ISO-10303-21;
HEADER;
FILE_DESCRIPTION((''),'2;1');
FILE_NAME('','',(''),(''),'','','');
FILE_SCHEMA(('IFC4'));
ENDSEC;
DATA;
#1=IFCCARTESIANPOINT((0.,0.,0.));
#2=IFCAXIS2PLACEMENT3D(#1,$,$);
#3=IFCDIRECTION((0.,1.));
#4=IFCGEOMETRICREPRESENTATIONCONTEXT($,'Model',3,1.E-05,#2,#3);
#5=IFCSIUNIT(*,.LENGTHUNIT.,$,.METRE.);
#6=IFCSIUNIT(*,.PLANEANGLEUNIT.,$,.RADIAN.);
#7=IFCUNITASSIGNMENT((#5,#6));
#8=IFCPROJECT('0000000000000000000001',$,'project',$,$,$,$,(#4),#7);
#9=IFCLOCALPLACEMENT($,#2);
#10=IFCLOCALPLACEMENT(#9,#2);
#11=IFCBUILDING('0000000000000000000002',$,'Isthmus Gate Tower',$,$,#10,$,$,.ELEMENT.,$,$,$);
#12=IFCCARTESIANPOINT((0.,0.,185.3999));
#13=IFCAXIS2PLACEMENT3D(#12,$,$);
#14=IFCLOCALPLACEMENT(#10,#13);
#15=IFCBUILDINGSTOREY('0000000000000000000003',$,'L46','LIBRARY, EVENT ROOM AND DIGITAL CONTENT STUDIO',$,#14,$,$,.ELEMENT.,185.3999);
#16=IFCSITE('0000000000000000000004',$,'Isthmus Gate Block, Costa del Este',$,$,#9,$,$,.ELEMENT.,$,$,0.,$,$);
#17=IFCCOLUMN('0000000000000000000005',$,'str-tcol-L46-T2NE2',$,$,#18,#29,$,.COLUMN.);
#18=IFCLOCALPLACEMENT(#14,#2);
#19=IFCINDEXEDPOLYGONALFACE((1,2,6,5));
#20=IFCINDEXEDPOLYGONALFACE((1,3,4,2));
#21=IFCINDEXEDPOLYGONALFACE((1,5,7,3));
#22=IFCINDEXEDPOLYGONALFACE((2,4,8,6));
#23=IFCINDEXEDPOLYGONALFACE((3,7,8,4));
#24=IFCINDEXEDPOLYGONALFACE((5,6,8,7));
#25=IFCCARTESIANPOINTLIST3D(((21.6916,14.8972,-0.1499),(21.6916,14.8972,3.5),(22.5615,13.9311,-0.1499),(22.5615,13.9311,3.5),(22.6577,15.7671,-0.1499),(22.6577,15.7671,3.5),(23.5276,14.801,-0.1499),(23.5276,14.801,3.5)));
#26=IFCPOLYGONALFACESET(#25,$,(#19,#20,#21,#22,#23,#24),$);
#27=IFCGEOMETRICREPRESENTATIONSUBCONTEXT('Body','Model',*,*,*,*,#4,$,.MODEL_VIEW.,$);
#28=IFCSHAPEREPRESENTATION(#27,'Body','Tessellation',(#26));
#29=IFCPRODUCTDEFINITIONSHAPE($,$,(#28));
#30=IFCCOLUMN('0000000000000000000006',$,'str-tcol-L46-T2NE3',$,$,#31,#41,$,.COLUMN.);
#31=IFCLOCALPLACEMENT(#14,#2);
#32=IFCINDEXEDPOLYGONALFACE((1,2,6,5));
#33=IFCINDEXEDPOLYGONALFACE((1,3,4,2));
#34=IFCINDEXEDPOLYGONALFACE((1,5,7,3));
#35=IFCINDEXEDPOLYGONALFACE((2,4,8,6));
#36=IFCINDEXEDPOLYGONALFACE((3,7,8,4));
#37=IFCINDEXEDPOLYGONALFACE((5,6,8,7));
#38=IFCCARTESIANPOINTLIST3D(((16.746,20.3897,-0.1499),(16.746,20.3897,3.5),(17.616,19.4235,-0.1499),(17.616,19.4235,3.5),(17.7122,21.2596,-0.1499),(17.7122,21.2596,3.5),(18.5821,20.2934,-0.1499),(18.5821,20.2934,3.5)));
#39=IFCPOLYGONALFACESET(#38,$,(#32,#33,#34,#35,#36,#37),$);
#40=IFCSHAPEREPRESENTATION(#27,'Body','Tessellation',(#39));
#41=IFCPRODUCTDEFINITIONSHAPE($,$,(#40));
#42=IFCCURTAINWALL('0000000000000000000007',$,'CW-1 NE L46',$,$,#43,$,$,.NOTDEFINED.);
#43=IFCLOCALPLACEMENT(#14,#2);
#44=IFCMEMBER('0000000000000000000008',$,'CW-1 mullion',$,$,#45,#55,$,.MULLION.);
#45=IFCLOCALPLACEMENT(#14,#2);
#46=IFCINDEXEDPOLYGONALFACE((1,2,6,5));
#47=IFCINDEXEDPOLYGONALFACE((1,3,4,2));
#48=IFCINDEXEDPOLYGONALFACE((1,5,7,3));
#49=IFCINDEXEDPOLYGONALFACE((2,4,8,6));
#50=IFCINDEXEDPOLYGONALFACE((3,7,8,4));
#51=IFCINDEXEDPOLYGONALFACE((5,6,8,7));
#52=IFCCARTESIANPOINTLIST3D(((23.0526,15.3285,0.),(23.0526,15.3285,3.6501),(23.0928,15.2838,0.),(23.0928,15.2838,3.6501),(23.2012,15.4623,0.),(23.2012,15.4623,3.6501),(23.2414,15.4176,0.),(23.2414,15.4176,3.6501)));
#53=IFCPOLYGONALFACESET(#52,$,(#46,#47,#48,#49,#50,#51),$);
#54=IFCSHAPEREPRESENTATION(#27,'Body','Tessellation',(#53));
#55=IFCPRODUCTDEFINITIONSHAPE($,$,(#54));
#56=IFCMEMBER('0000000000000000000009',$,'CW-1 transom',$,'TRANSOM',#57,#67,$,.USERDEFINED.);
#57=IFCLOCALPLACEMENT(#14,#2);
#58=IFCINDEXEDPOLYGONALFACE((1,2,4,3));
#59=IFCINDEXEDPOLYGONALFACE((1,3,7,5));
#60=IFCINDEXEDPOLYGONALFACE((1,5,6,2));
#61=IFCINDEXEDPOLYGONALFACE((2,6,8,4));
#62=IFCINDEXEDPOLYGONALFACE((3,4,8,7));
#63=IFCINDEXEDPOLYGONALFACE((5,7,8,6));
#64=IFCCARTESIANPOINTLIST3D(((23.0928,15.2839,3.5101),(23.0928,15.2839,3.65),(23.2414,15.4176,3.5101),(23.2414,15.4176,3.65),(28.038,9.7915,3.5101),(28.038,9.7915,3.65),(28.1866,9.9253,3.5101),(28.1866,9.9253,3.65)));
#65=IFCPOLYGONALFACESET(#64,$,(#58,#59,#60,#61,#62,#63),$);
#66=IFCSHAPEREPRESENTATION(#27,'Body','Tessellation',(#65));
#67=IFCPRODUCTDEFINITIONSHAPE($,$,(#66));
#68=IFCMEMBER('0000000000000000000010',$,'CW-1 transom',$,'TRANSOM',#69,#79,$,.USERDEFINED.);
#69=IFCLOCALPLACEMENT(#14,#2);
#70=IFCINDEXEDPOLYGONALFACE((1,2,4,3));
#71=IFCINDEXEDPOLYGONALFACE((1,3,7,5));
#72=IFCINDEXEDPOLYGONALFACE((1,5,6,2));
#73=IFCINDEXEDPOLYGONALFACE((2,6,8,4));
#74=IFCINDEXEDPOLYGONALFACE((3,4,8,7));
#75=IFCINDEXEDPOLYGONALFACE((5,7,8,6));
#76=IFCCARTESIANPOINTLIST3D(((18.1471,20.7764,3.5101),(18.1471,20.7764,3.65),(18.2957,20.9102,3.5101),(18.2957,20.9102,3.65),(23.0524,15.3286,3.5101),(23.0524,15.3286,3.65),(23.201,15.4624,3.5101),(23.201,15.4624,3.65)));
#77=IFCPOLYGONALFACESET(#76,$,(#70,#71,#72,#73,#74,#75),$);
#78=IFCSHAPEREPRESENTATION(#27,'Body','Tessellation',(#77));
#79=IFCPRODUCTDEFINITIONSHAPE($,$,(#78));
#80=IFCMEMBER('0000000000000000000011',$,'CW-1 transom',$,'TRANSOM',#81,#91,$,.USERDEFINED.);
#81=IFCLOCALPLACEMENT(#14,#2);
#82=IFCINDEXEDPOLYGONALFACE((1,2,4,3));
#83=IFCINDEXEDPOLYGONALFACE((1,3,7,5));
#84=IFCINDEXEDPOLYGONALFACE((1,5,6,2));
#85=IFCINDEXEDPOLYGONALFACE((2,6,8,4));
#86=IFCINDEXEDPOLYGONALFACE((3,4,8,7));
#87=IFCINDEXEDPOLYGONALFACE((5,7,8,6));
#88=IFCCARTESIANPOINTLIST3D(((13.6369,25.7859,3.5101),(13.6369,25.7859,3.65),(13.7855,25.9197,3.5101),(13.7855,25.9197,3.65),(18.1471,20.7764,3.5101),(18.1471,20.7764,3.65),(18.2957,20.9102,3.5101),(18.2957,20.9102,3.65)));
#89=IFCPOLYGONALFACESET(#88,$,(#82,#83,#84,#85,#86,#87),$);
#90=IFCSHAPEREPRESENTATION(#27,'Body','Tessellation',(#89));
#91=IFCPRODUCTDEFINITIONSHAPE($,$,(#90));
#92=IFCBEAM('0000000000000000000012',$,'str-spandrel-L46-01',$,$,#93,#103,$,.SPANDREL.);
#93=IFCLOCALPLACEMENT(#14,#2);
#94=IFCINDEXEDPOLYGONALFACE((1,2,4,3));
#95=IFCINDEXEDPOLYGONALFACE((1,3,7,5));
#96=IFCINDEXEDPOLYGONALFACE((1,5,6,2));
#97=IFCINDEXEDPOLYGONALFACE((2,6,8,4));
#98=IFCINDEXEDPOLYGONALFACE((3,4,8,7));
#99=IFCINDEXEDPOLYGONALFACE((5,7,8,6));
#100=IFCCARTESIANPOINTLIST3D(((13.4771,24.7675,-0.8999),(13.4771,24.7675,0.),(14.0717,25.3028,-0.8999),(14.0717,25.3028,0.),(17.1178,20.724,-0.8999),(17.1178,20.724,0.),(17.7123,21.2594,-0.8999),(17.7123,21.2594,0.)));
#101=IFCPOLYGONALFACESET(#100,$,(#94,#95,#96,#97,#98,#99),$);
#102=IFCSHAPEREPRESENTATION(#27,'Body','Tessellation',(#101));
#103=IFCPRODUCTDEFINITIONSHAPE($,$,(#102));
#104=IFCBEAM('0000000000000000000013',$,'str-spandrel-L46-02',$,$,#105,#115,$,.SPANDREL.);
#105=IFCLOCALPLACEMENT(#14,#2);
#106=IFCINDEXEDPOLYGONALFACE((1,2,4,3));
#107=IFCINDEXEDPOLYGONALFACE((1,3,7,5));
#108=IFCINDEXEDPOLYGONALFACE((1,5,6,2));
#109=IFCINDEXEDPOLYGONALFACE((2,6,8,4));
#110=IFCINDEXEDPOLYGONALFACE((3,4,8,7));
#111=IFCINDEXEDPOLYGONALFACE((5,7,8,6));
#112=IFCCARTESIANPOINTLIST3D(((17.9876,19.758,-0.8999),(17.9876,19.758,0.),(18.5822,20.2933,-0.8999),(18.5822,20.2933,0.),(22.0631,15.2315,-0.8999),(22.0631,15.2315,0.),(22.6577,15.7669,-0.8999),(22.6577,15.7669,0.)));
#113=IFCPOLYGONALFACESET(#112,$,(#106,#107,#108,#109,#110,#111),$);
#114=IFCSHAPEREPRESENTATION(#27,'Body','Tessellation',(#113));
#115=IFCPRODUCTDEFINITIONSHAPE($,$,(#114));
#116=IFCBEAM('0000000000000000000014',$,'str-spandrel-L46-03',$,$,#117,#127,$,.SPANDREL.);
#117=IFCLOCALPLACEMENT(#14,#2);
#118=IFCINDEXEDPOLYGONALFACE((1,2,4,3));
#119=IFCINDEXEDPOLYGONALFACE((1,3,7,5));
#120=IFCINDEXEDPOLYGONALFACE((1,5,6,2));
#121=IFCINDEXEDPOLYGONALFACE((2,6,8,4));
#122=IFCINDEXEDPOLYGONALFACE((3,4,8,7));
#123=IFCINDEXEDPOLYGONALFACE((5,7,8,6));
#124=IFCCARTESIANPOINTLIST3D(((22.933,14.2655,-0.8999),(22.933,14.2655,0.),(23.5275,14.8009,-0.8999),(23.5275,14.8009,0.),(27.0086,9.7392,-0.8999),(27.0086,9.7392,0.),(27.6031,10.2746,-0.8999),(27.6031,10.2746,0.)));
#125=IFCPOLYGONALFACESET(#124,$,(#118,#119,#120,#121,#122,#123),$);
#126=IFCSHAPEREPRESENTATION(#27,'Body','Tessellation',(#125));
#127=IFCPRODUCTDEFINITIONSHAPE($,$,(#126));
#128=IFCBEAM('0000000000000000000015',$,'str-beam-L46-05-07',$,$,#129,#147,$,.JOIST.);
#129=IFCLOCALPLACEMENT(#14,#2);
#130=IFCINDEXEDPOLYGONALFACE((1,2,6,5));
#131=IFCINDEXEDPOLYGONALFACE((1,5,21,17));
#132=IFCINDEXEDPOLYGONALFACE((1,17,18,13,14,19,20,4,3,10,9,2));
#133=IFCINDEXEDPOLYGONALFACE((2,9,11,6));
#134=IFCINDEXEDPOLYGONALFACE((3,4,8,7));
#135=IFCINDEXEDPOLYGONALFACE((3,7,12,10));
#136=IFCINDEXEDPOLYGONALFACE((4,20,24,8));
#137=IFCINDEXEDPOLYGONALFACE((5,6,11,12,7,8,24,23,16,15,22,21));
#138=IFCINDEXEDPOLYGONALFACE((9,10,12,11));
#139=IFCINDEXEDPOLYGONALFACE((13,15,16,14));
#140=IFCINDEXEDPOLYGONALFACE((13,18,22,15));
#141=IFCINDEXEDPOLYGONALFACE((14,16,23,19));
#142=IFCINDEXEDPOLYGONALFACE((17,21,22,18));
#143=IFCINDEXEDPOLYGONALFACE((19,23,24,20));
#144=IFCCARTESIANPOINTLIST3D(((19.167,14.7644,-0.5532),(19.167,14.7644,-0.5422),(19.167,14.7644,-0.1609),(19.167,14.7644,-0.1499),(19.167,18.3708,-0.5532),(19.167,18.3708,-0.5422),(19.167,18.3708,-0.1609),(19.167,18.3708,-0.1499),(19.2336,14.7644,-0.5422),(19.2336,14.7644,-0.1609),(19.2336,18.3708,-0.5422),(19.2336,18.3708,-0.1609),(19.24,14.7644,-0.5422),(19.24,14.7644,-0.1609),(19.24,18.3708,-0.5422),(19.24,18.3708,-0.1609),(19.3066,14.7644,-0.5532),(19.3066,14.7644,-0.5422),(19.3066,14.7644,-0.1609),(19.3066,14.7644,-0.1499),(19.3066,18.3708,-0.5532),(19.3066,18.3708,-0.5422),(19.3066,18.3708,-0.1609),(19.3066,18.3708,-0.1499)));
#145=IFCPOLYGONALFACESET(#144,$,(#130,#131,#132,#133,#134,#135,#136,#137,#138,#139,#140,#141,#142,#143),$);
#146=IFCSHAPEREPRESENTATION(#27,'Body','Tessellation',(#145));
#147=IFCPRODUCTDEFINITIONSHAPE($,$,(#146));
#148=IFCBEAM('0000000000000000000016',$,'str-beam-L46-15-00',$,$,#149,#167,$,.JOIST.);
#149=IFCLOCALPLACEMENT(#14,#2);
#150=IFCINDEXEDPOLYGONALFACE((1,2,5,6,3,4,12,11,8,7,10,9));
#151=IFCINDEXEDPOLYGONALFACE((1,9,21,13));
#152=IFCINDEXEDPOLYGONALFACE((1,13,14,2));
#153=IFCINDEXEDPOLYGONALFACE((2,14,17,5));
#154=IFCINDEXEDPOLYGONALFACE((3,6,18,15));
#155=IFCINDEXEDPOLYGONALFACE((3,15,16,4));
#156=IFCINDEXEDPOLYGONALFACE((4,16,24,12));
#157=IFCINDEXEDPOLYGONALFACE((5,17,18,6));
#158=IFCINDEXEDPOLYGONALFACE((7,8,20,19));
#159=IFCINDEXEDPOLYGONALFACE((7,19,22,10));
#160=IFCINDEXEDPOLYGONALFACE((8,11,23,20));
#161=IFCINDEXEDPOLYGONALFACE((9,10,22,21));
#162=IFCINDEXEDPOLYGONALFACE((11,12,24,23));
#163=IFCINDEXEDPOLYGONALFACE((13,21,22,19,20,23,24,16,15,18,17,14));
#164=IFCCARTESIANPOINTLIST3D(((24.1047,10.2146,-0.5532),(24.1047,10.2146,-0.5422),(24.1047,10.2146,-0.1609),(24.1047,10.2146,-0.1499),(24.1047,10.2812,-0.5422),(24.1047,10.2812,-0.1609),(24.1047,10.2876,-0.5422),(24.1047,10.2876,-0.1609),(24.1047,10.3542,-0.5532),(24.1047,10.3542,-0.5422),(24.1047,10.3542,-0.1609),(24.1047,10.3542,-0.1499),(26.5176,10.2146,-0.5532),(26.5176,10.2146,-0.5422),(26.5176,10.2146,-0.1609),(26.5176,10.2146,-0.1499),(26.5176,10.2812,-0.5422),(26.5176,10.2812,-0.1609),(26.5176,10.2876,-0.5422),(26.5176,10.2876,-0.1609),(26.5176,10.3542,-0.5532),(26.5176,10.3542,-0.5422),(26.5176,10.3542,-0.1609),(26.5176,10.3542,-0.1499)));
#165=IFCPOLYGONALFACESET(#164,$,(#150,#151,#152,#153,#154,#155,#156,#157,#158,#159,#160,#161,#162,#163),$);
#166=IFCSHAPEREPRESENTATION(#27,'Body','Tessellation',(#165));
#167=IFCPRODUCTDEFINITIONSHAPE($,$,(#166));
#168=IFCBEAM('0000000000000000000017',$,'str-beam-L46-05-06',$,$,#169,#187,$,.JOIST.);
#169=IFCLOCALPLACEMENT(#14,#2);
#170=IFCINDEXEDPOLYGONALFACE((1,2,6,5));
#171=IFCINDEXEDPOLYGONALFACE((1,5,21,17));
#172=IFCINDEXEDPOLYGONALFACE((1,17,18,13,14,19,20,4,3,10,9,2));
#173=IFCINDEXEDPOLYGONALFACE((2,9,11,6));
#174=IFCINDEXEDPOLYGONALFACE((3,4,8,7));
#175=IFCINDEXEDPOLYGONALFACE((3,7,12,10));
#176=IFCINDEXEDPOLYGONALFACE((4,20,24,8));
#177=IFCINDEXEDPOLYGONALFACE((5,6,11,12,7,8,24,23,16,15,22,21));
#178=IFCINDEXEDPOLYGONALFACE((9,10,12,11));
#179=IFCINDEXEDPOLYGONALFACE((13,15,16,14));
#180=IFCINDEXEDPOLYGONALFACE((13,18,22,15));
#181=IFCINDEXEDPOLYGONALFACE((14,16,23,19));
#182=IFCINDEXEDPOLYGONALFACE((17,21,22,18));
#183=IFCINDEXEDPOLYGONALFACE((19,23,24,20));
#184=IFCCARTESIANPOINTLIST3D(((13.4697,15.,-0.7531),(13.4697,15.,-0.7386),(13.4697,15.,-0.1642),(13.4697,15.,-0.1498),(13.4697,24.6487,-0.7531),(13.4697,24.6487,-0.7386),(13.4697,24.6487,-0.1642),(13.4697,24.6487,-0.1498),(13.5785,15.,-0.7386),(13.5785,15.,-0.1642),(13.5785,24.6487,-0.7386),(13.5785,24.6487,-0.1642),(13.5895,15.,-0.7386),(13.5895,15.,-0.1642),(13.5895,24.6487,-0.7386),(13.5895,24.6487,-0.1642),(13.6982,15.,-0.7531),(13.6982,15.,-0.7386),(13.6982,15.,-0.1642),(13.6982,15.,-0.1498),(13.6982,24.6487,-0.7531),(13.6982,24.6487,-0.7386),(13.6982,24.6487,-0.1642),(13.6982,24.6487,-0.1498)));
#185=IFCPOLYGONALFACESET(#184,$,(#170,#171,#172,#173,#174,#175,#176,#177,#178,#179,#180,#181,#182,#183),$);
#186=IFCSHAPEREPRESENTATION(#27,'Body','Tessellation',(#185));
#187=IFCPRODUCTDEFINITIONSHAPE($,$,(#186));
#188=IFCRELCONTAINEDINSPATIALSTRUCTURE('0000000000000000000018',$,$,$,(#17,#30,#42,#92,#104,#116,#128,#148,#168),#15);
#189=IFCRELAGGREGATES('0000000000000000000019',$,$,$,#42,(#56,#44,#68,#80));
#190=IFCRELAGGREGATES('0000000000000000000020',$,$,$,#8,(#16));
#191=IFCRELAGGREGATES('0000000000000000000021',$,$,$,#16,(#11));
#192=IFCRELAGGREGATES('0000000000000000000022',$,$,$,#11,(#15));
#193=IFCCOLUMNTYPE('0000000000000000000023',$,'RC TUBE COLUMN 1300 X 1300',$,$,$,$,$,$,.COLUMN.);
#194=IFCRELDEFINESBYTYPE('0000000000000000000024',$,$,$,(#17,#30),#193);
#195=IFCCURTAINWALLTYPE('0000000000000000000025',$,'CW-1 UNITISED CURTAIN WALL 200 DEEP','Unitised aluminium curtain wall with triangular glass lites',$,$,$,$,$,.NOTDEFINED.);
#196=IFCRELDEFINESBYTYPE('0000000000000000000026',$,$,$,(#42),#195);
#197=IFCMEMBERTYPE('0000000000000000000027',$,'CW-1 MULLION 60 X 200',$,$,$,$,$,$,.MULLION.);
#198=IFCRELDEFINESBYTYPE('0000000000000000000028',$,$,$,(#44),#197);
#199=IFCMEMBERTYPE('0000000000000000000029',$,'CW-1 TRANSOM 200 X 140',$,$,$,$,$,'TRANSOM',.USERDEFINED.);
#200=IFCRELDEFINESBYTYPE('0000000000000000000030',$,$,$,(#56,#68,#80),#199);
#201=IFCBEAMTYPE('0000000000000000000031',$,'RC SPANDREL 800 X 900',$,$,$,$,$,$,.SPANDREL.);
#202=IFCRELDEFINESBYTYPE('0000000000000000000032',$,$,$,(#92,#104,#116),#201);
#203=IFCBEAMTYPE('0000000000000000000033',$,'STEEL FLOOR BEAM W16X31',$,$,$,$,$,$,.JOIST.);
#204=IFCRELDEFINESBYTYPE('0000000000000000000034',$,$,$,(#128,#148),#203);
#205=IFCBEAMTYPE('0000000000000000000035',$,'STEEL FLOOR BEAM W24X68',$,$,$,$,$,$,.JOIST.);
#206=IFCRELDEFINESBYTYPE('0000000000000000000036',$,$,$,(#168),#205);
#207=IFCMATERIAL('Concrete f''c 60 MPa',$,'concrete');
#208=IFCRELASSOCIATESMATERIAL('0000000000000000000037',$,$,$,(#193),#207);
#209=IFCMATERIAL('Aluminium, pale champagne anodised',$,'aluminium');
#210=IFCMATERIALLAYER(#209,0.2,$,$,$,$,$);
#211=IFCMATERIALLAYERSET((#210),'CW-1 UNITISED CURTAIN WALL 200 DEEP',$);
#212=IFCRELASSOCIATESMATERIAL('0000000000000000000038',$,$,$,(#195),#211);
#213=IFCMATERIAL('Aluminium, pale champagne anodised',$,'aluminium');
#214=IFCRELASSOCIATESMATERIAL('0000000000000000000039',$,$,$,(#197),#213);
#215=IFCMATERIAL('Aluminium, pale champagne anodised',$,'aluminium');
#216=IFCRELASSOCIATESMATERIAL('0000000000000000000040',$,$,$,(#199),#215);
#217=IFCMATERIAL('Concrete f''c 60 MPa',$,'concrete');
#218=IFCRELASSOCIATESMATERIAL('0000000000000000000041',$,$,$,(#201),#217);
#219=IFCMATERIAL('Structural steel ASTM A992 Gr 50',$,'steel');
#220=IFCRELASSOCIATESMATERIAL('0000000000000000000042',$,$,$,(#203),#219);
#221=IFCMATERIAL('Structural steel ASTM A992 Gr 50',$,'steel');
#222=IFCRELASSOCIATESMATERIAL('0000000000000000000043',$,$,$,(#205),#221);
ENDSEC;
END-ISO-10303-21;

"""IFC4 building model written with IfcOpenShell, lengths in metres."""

from ifc_helpers import new_model, si_unit, direction, frame, origin, origin_2d, place, context, subcontext, project, spatial, rectangle, i_section, extrude, material, layer, layer_set, material_profile, profile_set, type_object, element, aggregate, save


model = new_model("IFC4")

# Units and contexts
model_context = context("Model", 3, precision=1e-05, world=origin(), true_north=direction((0.0, 1.0)))
body_context = subcontext(model_context, "Body", "Model", "MODEL_VIEW")
ifc_project = project(units=[si_unit("LENGTHUNIT", "METRE"), si_unit("PLANEANGLEUNIT", "RADIAN")], contexts=[model_context])

# Site, building, storey
site_placement = place(None, origin())
site = spatial("IfcSite", under=ifc_project, at=site_placement, Name="Isthmus Gate Block, Costa del Este", CompositionType="ELEMENT", RefElevation=0.0)
building_placement = place(site_placement, origin())
building = spatial("IfcBuilding", under=site, at=building_placement, Name="Isthmus Gate Tower", CompositionType="ELEMENT")
storey_placement = place(building_placement, frame((0.0, 0.0, 185.3999)))
storey = spatial("IfcBuildingStorey", under=building, at=storey_placement, Name="L46", Description="LIBRARY, EVENT ROOM AND DIGITAL CONTENT STUDIO", CompositionType="ELEMENT", Elevation=185.3999)

# Columns
ifc_material_1 = material(Name="Concrete f'c 60 MPa", Category="concrete")
ifc_material_profile_1 = material_profile(ifc_material_1, rectangle(XDim=1.3, YDim=1.3, at=origin_2d()), Name="RC 1300X1300")
ifc_profile_set_1 = profile_set([ifc_material_profile_1], Name="Concrete f'c 60 MPa")
column_type = type_object("IfcColumnType", Name="RC TUBE COLUMN 1300 X 1300", PredefinedType="COLUMN", material=ifc_profile_set_1)
for number, where, z_axis, x_axis, name in (
    (1, (22.6096, 14.8491, -0.1499), (0.0, 0.0, 1.0), (-0.669131, 0.743145, 0.0), "str-tcol-L46-T2NE2"),
    (2, (17.6641, 20.3416, -0.1499), (0.0, 0.0, 1.0), (-0.669131, 0.743145, 0.0), "str-tcol-L46-T2NE3"),
):
    element("IfcColumn", number, at=place(storey_placement, frame(where, z_axis=z_axis, x_axis=x_axis)), inside=storey, type_object=column_type, Name=name, PredefinedType="COLUMN", context=body_context, shape_type="SweptSolid", body=[
        extrude(rectangle(XDim=1.3, YDim=1.3, at=origin_2d()), origin(), (0.0, 0.0, 1.0), 3.6499),
    ])

# Curtain wall, members
ifc_material_2 = material(Name="Aluminium, pale champagne anodised", Category="aluminium")
ifc_layer_1 = layer(ifc_material_2, 0.2)
ifc_layer_set_1 = layer_set([ifc_layer_1], Name="CW-1 UNITISED CURTAIN WALL 200 DEEP")
curtain_wall_type = type_object("IfcCurtainWallType", Name="CW-1 UNITISED CURTAIN WALL 200 DEEP", Description="Unitised aluminium curtain wall with triangular glass lites", PredefinedType="NOTDEFINED", material=ifc_layer_set_1)
curtain_wall_placement = place(storey_placement, origin())
curtain_wall = element("IfcCurtainWall", 3, at=curtain_wall_placement, inside=storey, type_object=curtain_wall_type, Name="CW-1 NE L46", PredefinedType="NOTDEFINED")
ifc_material_3 = material(Name="Aluminium, pale champagne anodised", Category="aluminium")
ifc_material_profile_2 = material_profile(ifc_material_3, rectangle(XDim=0.0601, YDim=0.2, at=origin_2d()), Name="60x200")
ifc_profile_set_2 = profile_set([ifc_material_profile_2], Name="Aluminium, pale champagne anodised")
member_type_1 = type_object("IfcMemberType", Name="CW-1 MULLION 60 X 200", PredefinedType="MULLION", material=ifc_profile_set_2)
member_1_placement = place(storey_placement, frame((23.147, 15.373, 0.0), z_axis=(0.0, 0.0, 1.0), x_axis=(-0.669131, 0.743145, 0.0)))
member_1 = element("IfcMember", 4, at=member_1_placement, type_object=member_type_1, Name="CW-1 mullion", PredefinedType="MULLION", context=body_context, shape_type="SweptSolid", body=[
    extrude(rectangle(XDim=0.0601, YDim=0.2, at=origin_2d()), origin(), (0.0, 0.0, 1.0), 3.6501),
])
ifc_material_4 = material(Name="Aluminium, pale champagne anodised", Category="aluminium")
ifc_material_profile_3 = material_profile(ifc_material_4, rectangle(XDim=0.2, YDim=0.1399, at=origin_2d()), Name="200x140")
ifc_profile_set_3 = profile_set([ifc_material_profile_3], Name="Aluminium, pale champagne anodised")
member_type_2 = type_object("IfcMemberType", Name="CW-1 TRANSOM 200 X 140", ElementType="TRANSOM", PredefinedType="USERDEFINED", material=ifc_profile_set_3)
member_2_placement = place(storey_placement, frame((28.1123, 9.8584, 3.5801), z_axis=(-0.669123, 0.743151, 0.0), x_axis=(-0.743151, -0.669123, 0.0)))
member_2 = element("IfcMember", 5, at=member_2_placement, type_object=member_type_2, Name="CW-1 transom", ObjectType="TRANSOM", PredefinedType="USERDEFINED", context=body_context, shape_type="SweptSolid", body=[
    extrude(rectangle(XDim=0.2, YDim=0.1399, at=origin_2d()), origin(), (0.0, 0.0, 1.0), 7.3906),
])
member_3_placement = place(storey_placement, frame((23.1267, 15.3955, 3.5801), z_axis=(-0.669138, 0.743138, 0.0), x_axis=(-0.743138, -0.669138, 0.0)))
member_3 = element("IfcMember", 6, at=member_3_placement, type_object=member_type_2, Name="CW-1 transom", ObjectType="TRANSOM", PredefinedType="USERDEFINED", context=body_context, shape_type="SweptSolid", body=[
    extrude(rectangle(XDim=0.2, YDim=0.1399, at=origin_2d()), origin(), (0.0, 0.0, 1.0), 7.3308),
])
member_4_placement = place(storey_placement, frame((18.2214, 20.8433, 3.5801), z_axis=(-0.669103, 0.74317, 0.0), x_axis=(-0.74317, -0.669103, 0.0)))
member_4 = element("IfcMember", 7, at=member_4_placement, type_object=member_type_2, Name="CW-1 transom", ObjectType="TRANSOM", PredefinedType="USERDEFINED", context=body_context, shape_type="SweptSolid", body=[
    extrude(rectangle(XDim=0.2, YDim=0.1399, at=origin_2d()), origin(), (0.0, 0.0, 1.0), 6.7407),
])

# Beams
ifc_material_5 = material(Name="Concrete f'c 60 MPa", Category="concrete")
ifc_material_profile_4 = material_profile(ifc_material_5, rectangle(XDim=0.8, YDim=0.8999, at=origin_2d()), Name="RC 800X900")
ifc_profile_set_4 = profile_set([ifc_material_profile_4], Name="Concrete f'c 60 MPa")
beam_type_1 = type_object("IfcBeamType", Name="RC SPANDREL 800 X 900", PredefinedType="SPANDREL", material=ifc_profile_set_4)
beam_1_placement = place(storey_placement, frame((13.7744, 25.0352, -0.45), z_axis=(0.669118, -0.743156, 0.0), x_axis=(0.743156, 0.669118, 0.0)))
element("IfcBeam", 8, at=beam_1_placement, inside=storey, type_object=beam_type_1, Name="str-spandrel-L46-01", PredefinedType="SPANDREL", context=body_context, shape_type="SweptSolid", body=[
    extrude(rectangle(XDim=0.8, YDim=0.8999, at=origin_2d()), origin(), (0.0, 0.0, 1.0), 5.4409),
])
for number, where, z_axis, x_axis, name in (
    (9, (18.2849, 20.0256, -0.45), (0.66912, -0.743155, 0.0), (0.743155, 0.66912, 0.0), "str-spandrel-L46-02"),
    (10, (23.2302, 14.5332, -0.45), (0.669142, -0.743135, 0.0), (0.743135, 0.669142, 0.0), "str-spandrel-L46-03"),
):
    element("IfcBeam", number, at=place(storey_placement, frame(where, z_axis=z_axis, x_axis=x_axis)), inside=storey, type_object=beam_type_1, Name=name, PredefinedType="SPANDREL", context=body_context, shape_type="SweptSolid", body=[
        extrude(rectangle(XDim=0.8, YDim=0.8999, at=origin_2d()), origin(), (0.0, 0.0, 1.0), 6.0908),
    ])
ifc_material_6 = material(Name="Structural steel ASTM A992 Gr 50", Category="steel")
ifc_material_profile_5 = material_profile(ifc_material_6, i_section(OverallWidth=0.1396, OverallDepth=0.4033, WebThickness=0.0063, FlangeThickness=0.011, at=origin_2d()), Name="W16X31")
ifc_profile_set_5 = profile_set([ifc_material_profile_5], Name="Structural steel ASTM A992 Gr 50")
beam_type_2 = type_object("IfcBeamType", Name="STEEL FLOOR BEAM W16X31", PredefinedType="JOIST", material=ifc_profile_set_5)
beam_2_placement = place(storey_placement, frame((19.2368, 14.7644, -0.3516), z_axis=(0.0, 1.0, 0.0), x_axis=(-1.0, 0.0, 0.0)))
element("IfcBeam", 11, at=beam_2_placement, inside=storey, type_object=beam_type_2, Name="str-beam-L46-05-07", PredefinedType="JOIST", context=body_context, shape_type="SweptSolid", body=[
    extrude(i_section(OverallWidth=0.1396, OverallDepth=0.4033, WebThickness=0.0063, FlangeThickness=0.011, at=origin_2d()), origin(), (0.0, 0.0, 1.0), 3.6064),
])
beam_3_placement = place(storey_placement, frame((24.1047, 10.2844, -0.3516), z_axis=(1.0, 0.0, 0.0), x_axis=(0.0, 1.0, 0.0)))
element("IfcBeam", 12, at=beam_3_placement, inside=storey, type_object=beam_type_2, Name="str-beam-L46-15-00", PredefinedType="JOIST", context=body_context, shape_type="SweptSolid", body=[
    extrude(i_section(OverallWidth=0.1396, OverallDepth=0.4033, WebThickness=0.0063, FlangeThickness=0.011, at=origin_2d()), origin(), (0.0, 0.0, 1.0), 2.4128),
])
ifc_material_7 = material(Name="Structural steel ASTM A992 Gr 50", Category="steel")
ifc_material_profile_6 = material_profile(ifc_material_7, i_section(OverallWidth=0.2285, OverallDepth=0.6033, WebThickness=0.011, FlangeThickness=0.0144, at=origin_2d()), Name="W24X68")
ifc_profile_set_6 = profile_set([ifc_material_profile_6], Name="Structural steel ASTM A992 Gr 50")
beam_type_3 = type_object("IfcBeamType", Name="STEEL FLOOR BEAM W24X68", PredefinedType="JOIST", material=ifc_profile_set_6)
beam_4_placement = place(storey_placement, frame((13.584, 15.0, -0.4514), z_axis=(0.0, 1.0, 0.0), x_axis=(-1.0, 0.0, 0.0)))
element("IfcBeam", 13, at=beam_4_placement, inside=storey, type_object=beam_type_3, Name="str-beam-L46-05-06", PredefinedType="JOIST", context=body_context, shape_type="SweptSolid", body=[
    extrude(i_section(OverallWidth=0.2285, OverallDepth=0.6033, WebThickness=0.011, FlangeThickness=0.0144, at=origin_2d()), origin(), (0.0, 0.0, 1.0), 9.6487),
])

aggregate(curtain_wall, [member_2, member_1, member_3, member_4])

save(model, "model.ifc")
